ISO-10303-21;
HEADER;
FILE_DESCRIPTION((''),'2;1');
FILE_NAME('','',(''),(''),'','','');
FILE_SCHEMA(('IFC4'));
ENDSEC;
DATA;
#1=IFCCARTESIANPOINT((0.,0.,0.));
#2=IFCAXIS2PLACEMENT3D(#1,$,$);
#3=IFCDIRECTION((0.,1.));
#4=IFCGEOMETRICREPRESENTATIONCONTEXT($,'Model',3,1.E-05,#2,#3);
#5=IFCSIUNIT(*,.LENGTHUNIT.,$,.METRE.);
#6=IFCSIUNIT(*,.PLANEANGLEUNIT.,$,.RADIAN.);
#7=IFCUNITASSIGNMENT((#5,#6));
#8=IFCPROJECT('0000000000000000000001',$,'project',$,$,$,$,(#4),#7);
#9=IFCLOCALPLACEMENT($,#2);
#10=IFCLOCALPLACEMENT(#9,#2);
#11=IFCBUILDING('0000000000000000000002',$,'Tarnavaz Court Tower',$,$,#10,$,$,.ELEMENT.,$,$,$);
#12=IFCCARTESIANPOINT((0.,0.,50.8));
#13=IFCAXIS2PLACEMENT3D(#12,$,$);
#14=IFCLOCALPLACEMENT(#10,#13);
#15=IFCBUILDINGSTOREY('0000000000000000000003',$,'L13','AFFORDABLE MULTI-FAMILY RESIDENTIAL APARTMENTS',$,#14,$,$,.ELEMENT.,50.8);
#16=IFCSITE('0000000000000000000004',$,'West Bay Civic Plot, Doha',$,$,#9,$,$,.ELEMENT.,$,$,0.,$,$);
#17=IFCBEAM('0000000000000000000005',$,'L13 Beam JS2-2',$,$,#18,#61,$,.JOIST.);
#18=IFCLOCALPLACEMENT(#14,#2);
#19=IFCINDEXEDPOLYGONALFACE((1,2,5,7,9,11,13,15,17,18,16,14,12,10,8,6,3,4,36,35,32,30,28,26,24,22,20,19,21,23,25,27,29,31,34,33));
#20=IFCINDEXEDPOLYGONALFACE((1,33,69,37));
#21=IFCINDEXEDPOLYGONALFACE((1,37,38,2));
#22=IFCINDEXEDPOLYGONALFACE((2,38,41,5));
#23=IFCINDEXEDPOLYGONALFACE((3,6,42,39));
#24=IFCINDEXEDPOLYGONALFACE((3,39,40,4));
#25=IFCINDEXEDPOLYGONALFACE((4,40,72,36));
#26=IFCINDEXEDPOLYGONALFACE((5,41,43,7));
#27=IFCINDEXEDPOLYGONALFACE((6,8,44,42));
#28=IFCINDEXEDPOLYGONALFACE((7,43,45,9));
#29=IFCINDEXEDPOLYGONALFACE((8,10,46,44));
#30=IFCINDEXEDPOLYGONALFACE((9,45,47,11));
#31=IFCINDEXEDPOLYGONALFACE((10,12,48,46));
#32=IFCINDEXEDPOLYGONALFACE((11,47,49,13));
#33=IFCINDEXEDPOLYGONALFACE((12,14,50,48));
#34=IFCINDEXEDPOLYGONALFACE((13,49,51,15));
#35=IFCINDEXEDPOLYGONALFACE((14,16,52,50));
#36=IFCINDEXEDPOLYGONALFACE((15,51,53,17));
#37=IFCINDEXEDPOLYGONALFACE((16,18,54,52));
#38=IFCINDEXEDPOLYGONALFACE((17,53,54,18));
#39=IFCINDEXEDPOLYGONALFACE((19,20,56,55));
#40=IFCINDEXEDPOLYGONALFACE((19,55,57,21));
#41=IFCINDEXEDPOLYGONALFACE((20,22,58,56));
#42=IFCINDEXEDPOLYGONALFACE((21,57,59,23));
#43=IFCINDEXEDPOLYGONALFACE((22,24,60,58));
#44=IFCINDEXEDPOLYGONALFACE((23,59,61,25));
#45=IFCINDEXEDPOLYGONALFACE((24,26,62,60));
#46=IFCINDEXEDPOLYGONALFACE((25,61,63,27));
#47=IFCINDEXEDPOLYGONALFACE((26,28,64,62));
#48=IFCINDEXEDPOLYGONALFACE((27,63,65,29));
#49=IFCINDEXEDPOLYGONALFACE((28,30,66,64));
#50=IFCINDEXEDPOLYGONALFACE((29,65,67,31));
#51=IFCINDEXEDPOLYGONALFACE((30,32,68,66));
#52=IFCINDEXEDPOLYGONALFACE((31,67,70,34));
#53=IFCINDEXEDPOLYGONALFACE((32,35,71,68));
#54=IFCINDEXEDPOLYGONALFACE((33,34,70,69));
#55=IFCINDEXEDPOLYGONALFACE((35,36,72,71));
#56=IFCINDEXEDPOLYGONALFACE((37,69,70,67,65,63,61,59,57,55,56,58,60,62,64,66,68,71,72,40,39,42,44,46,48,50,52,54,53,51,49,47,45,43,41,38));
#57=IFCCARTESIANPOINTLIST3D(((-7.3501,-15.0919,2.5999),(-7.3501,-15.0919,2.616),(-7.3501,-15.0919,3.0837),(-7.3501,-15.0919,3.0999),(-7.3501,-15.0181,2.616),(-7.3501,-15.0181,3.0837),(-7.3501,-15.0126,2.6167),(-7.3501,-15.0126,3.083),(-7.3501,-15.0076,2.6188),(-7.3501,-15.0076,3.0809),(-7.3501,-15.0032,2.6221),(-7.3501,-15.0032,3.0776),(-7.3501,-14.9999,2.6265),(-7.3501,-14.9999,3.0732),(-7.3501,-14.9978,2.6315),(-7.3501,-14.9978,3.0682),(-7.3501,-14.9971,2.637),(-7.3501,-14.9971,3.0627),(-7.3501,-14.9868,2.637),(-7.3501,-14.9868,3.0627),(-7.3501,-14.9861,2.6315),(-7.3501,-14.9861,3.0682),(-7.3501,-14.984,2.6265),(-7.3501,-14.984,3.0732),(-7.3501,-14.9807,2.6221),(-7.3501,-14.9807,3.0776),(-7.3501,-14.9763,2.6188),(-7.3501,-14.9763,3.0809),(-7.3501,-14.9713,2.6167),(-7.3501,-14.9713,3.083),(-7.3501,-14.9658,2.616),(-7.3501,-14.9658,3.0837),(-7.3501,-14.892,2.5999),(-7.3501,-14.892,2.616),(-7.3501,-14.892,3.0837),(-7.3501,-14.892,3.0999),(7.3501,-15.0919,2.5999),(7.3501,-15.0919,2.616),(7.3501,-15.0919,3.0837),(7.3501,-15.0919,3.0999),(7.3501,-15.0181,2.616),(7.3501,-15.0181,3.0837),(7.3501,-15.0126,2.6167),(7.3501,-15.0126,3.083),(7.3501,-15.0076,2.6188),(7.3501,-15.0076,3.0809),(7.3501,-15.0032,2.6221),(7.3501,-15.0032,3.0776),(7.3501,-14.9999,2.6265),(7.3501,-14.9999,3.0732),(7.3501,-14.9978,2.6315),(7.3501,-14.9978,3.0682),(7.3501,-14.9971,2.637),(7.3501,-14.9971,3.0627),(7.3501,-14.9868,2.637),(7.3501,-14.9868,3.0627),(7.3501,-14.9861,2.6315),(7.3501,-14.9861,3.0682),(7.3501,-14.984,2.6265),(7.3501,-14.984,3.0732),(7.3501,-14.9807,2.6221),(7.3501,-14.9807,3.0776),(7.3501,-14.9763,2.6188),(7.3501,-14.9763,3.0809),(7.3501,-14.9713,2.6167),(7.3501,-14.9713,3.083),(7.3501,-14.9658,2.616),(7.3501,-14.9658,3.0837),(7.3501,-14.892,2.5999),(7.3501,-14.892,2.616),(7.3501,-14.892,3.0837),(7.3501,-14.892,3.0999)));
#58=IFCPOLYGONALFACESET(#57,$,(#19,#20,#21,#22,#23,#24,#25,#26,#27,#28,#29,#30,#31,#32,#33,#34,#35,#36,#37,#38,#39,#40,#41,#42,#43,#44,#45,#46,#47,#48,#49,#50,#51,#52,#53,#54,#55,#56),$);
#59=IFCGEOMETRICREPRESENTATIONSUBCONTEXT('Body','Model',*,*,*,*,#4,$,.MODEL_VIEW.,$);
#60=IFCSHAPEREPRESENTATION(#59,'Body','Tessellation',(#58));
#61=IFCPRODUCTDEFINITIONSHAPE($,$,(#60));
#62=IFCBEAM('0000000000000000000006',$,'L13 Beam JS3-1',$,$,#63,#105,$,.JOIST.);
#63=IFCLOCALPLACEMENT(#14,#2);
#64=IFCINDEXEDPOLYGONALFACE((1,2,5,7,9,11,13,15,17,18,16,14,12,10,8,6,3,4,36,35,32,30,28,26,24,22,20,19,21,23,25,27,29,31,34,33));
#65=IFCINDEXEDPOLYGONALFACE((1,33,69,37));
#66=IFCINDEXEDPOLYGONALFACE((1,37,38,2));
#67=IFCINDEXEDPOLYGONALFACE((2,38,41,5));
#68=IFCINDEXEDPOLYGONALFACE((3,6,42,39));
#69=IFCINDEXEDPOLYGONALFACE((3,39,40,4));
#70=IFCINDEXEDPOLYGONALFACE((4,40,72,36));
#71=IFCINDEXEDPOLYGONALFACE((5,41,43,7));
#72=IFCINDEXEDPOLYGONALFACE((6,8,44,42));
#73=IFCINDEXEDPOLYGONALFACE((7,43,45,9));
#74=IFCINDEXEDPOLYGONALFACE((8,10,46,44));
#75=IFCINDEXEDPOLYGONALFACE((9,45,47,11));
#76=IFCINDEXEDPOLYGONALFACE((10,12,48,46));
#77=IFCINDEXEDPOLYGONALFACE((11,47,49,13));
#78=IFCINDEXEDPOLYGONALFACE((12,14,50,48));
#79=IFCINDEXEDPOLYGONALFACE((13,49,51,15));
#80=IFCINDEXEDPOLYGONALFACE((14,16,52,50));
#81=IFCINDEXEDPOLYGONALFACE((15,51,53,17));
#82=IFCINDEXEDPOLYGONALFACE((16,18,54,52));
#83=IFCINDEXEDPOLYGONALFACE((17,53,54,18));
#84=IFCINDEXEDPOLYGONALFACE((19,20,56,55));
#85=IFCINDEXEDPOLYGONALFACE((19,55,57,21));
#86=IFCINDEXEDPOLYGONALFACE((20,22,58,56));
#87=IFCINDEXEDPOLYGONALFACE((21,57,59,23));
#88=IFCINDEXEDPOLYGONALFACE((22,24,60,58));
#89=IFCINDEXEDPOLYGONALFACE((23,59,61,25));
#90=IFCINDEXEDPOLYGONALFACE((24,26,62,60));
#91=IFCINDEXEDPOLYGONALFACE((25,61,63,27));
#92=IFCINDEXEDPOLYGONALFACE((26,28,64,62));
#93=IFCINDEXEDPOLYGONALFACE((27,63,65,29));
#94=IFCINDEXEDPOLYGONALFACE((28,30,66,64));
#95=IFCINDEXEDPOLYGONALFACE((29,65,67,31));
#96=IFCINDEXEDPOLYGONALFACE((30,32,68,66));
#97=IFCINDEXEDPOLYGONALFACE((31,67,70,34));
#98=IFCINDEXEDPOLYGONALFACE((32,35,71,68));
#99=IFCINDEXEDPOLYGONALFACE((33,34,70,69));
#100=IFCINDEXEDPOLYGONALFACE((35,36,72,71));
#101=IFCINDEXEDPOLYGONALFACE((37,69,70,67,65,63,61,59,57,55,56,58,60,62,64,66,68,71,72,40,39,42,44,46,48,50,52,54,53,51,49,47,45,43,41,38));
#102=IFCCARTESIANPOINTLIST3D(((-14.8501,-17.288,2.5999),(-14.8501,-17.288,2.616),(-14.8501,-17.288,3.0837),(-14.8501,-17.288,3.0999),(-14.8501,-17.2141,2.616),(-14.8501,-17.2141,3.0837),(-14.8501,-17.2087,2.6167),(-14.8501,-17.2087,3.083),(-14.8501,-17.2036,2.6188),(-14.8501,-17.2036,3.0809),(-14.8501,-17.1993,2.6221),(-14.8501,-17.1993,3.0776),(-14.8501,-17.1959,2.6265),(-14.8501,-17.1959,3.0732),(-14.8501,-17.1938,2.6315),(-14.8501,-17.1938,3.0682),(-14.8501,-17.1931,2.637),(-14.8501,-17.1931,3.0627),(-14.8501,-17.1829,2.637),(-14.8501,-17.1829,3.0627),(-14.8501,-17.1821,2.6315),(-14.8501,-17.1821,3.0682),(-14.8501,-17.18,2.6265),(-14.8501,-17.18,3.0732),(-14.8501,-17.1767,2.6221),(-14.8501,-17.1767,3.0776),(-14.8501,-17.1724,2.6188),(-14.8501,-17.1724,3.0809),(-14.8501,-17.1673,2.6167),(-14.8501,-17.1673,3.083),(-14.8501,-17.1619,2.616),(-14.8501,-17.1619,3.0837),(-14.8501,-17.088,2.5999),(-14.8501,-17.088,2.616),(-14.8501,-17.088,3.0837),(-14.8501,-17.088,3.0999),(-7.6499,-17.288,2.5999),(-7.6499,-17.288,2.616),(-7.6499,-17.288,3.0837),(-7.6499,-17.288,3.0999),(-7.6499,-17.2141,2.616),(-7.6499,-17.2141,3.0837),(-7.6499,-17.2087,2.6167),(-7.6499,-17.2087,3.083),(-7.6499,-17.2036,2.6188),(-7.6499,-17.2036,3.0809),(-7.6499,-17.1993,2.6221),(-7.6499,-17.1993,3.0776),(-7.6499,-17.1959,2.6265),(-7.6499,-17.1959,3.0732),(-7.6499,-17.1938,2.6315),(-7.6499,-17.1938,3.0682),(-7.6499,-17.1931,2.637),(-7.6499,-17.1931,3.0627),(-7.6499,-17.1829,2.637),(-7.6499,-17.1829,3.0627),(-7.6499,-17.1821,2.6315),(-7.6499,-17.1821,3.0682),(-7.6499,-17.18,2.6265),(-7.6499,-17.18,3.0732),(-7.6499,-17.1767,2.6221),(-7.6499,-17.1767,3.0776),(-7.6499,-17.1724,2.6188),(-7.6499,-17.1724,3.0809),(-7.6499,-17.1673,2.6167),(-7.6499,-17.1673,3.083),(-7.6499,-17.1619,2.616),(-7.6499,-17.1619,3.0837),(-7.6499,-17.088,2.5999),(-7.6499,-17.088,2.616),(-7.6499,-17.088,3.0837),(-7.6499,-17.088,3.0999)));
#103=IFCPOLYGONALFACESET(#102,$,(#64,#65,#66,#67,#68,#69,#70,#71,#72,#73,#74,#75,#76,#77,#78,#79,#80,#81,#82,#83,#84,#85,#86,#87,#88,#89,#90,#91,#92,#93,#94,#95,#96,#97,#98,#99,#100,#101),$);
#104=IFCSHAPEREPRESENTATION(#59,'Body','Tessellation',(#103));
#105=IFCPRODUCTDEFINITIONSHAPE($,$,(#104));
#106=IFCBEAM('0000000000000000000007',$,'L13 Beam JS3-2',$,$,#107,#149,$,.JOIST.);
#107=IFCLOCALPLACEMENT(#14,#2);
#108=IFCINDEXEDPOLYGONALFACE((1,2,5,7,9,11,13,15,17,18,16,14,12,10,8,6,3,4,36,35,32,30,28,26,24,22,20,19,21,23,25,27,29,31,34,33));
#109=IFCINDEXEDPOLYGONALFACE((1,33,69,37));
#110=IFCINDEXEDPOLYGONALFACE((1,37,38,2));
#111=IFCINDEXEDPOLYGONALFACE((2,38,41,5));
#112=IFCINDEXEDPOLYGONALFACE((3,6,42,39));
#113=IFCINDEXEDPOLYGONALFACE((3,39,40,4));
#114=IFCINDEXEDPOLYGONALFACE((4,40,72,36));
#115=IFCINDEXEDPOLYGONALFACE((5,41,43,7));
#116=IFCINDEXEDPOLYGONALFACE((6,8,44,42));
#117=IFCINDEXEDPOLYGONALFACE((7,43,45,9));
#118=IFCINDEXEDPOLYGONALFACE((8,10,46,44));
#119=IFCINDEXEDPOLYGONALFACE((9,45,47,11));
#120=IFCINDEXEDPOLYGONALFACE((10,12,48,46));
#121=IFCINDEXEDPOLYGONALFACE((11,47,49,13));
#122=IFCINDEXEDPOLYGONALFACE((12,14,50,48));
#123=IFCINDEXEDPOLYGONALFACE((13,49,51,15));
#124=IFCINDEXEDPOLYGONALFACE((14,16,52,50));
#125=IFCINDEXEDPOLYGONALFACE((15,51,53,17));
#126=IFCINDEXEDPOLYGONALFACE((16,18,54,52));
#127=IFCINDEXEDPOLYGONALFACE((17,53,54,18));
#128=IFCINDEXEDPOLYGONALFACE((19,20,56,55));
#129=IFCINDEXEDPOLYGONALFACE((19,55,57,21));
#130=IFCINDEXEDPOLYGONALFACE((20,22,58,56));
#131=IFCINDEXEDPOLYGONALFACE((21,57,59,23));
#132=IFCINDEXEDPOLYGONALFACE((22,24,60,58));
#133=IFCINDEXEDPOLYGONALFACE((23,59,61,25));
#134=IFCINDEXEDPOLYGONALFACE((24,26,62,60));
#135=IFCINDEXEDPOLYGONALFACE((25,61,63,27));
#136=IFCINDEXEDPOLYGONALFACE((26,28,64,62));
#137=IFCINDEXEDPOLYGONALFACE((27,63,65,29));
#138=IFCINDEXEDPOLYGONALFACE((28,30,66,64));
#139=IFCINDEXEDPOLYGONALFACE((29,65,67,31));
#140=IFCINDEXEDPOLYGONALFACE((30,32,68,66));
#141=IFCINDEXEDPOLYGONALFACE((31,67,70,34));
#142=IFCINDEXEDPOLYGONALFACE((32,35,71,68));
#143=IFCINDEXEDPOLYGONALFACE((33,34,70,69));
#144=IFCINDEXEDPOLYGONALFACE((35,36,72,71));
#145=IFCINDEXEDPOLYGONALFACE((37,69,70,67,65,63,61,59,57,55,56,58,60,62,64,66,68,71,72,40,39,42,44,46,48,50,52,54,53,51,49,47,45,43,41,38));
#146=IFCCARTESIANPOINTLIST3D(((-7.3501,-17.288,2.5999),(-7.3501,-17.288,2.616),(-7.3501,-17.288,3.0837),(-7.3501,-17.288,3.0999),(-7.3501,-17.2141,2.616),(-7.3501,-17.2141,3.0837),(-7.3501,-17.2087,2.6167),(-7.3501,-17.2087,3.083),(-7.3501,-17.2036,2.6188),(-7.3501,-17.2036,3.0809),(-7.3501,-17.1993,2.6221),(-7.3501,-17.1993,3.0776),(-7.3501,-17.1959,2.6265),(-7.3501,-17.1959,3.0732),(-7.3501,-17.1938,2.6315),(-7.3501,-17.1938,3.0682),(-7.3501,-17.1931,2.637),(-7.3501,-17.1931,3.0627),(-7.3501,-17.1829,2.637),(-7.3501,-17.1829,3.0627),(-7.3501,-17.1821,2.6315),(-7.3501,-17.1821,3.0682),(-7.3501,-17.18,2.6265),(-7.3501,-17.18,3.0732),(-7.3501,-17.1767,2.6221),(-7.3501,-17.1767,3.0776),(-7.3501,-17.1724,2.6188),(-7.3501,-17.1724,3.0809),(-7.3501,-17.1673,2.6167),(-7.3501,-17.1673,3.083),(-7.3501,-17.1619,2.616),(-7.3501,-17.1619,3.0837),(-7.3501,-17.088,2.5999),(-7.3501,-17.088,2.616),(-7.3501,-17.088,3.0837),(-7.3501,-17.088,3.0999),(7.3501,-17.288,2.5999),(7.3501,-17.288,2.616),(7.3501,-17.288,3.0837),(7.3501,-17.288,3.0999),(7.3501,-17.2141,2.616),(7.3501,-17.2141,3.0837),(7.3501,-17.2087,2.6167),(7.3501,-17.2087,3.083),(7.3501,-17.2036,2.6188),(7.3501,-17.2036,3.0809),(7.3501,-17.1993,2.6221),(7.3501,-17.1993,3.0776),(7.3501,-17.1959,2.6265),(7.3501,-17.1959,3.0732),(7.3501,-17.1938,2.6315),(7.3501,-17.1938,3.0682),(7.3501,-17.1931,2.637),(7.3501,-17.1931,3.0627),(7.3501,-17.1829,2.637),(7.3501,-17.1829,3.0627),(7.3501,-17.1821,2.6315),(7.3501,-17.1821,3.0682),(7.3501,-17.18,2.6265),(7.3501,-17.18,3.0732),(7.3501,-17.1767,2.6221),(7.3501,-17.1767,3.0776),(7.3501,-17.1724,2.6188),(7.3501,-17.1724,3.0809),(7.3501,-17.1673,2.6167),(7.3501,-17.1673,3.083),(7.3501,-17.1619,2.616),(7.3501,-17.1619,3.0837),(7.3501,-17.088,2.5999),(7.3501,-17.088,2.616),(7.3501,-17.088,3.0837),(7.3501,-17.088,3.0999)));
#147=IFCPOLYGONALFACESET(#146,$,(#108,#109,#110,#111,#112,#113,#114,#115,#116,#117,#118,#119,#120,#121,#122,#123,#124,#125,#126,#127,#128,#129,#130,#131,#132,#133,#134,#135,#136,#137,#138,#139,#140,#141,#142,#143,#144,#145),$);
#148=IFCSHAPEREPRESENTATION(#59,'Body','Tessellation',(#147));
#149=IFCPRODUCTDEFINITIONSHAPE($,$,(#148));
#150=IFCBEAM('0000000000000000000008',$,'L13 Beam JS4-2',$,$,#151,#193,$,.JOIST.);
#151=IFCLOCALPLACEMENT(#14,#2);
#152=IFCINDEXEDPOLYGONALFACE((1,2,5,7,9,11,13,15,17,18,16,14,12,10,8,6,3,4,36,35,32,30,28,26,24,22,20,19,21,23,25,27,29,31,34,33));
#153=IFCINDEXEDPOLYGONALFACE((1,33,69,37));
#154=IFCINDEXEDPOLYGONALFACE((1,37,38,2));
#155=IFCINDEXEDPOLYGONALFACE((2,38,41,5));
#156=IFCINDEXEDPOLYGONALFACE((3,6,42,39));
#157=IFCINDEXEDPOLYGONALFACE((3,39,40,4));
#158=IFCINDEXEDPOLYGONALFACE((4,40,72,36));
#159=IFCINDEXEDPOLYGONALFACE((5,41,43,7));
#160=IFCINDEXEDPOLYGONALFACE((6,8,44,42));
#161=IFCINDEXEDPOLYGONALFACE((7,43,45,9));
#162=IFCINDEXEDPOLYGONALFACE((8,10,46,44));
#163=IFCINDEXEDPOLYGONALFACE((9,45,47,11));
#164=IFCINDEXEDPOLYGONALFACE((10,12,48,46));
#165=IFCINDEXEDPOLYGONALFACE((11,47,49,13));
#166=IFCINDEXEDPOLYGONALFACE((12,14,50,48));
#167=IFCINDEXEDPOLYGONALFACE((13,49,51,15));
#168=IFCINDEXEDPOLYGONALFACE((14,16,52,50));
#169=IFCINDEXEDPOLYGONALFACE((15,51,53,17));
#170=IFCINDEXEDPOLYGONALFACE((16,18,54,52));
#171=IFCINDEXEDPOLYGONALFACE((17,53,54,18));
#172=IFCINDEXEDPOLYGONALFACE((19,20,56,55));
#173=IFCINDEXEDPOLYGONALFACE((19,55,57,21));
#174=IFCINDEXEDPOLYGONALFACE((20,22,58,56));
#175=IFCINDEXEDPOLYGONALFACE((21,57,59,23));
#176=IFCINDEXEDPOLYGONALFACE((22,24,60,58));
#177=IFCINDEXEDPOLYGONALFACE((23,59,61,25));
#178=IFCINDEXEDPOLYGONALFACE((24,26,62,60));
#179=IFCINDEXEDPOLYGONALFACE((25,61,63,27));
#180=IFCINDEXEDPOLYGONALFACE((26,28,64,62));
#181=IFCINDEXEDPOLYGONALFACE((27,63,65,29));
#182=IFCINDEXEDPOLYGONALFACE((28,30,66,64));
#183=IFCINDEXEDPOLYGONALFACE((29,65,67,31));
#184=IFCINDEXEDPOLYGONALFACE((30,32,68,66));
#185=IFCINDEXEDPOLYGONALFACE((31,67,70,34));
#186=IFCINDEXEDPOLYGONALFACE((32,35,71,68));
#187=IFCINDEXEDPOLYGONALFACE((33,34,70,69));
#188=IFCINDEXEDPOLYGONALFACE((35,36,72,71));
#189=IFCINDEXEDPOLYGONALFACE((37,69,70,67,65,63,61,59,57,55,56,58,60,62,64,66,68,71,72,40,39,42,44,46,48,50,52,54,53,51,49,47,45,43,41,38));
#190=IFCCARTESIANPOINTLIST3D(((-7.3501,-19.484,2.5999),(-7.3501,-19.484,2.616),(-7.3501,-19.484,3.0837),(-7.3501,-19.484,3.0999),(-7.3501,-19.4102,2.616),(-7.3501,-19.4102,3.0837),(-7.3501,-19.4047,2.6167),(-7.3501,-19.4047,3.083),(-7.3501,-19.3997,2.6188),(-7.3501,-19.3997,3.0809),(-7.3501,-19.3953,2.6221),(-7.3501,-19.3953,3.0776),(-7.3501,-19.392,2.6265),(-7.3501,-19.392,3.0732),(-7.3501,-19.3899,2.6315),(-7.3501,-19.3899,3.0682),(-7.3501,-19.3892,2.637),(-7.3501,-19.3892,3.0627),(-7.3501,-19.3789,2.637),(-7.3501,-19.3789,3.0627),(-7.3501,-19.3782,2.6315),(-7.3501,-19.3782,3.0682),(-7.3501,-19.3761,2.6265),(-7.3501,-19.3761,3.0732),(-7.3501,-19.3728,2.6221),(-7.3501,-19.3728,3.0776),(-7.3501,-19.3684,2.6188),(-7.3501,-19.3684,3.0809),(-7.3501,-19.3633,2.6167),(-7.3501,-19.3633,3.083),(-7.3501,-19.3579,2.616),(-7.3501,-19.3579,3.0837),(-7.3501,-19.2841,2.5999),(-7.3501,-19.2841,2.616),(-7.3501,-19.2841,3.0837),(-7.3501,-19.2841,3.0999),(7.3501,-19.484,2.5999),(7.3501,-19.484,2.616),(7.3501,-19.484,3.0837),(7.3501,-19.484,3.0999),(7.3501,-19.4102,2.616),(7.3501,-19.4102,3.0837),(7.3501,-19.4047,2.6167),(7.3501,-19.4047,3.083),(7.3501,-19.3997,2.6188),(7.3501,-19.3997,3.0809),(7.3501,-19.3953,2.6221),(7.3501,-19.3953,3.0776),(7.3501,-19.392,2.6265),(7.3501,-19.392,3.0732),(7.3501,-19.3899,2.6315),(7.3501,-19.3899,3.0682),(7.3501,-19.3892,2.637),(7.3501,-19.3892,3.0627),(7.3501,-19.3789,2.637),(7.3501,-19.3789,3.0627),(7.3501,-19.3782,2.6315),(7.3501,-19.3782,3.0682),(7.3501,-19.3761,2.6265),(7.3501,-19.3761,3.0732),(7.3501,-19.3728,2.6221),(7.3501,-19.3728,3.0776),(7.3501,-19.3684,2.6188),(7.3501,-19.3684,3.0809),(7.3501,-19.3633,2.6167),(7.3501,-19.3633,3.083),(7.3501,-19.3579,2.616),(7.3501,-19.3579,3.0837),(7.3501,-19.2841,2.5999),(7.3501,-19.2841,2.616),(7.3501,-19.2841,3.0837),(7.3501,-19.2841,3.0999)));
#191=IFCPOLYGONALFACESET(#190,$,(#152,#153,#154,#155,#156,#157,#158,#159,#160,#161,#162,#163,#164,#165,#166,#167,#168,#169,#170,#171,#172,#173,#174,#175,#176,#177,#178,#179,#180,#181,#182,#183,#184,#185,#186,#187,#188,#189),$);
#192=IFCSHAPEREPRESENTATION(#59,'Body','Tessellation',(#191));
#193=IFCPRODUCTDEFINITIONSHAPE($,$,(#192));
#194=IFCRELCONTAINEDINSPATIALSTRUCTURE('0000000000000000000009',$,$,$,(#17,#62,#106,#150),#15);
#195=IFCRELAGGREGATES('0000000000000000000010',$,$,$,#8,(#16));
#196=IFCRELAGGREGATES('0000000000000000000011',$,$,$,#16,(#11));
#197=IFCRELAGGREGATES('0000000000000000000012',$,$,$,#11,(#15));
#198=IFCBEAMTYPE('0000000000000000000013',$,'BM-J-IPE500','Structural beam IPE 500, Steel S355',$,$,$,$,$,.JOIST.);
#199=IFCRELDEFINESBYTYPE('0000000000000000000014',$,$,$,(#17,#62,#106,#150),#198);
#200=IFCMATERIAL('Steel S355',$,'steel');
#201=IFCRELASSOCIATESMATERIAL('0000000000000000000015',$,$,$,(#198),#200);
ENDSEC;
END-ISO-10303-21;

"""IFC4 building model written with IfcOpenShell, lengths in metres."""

from ifc_helpers import new_model, si_unit, direction, frame, origin, origin_2d, place, context, subcontext, project, spatial, i_section, extrude, material, material_profile, profile_set, type_object, element, save


model = new_model("IFC4")

# Units and contexts
model_context = context("Model", 3, precision=1e-05, world=origin(), true_north=direction((0.0, 1.0)))
body_context = subcontext(model_context, "Body", "Model", "MODEL_VIEW")
ifc_project = project(units=[si_unit("LENGTHUNIT", "METRE"), si_unit("PLANEANGLEUNIT", "RADIAN")], contexts=[model_context])

# Site, building, storey
site_placement = place(None, origin())
site = spatial("IfcSite", under=ifc_project, at=site_placement, Name="West Bay Civic Plot, Doha", CompositionType="ELEMENT", RefElevation=0.0)
building_placement = place(site_placement, origin())
building = spatial("IfcBuilding", under=site, at=building_placement, Name="Tarnavaz Court Tower", CompositionType="ELEMENT")
storey_placement = place(building_placement, frame((0.0, 0.0, 50.8)))
storey = spatial("IfcBuildingStorey", under=building, at=storey_placement, Name="L13", Description="AFFORDABLE MULTI-FAMILY RESIDENTIAL APARTMENTS", CompositionType="ELEMENT", Elevation=50.8)

# Beams
ifc_material_1 = material(Name="Steel S355", Category="steel")
ifc_material_profile_1 = material_profile(ifc_material_1, i_section(OverallWidth=0.2, OverallDepth=0.5, WebThickness=0.0103, FlangeThickness=0.0161, FilletRadius=0.021, at=origin_2d()), Name="IPE 500")
ifc_profile_set_1 = profile_set([ifc_material_profile_1], Name="Steel S355")
beam_type_1 = type_object("IfcBeamType", Name="BM-J-IPE500", Description="Structural beam IPE 500, Steel S355", PredefinedType="JOIST", material=ifc_profile_set_1)
beam_1_placement = place(storey_placement, frame((-7.3501, -14.9919, 2.8499), z_axis=(1.0, 0.0, 0.0), x_axis=(0.0, 1.0, 0.0)))
element("IfcBeam", 1, at=beam_1_placement, inside=storey, type_object=beam_type_1, Name="L13 Beam JS2-2", PredefinedType="JOIST", context=body_context, shape_type="SweptSolid", body=[
    extrude(i_section(OverallWidth=0.2, OverallDepth=0.5, WebThickness=0.0103, FlangeThickness=0.0161, FilletRadius=0.021, at=origin_2d()), origin(), (0.0, 0.0, 1.0), 14.7002),
])
beam_2_placement = place(storey_placement, frame((-14.8501, -17.188, 2.8499), z_axis=(1.0, 0.0, 0.0), x_axis=(0.0, 1.0, 0.0)))
element("IfcBeam", 2, at=beam_2_placement, inside=storey, type_object=beam_type_1, Name="L13 Beam JS3-1", PredefinedType="JOIST", context=body_context, shape_type="SweptSolid", body=[
    extrude(i_section(OverallWidth=0.2, OverallDepth=0.5, WebThickness=0.0103, FlangeThickness=0.0161, FilletRadius=0.021, at=origin_2d()), origin(), (0.0, 0.0, 1.0), 7.2002),
])
for number, where, z_axis, x_axis, name in (
    (3, (-7.3501, -17.188, 2.8499), (1.0, 0.0, 0.0), (0.0, 1.0, 0.0), "L13 Beam JS3-2"),
    (4, (-7.3501, -19.384, 2.8499), (1.0, 0.0, 0.0), (0.0, 1.0, 0.0), "L13 Beam JS4-2"),
):
    element("IfcBeam", number, at=place(storey_placement, frame(where, z_axis=z_axis, x_axis=x_axis)), inside=storey, type_object=beam_type_1, Name=name, PredefinedType="JOIST", context=body_context, shape_type="SweptSolid", body=[
        extrude(i_section(OverallWidth=0.2, OverallDepth=0.5, WebThickness=0.0103, FlangeThickness=0.0161, FilletRadius=0.021, at=origin_2d()), origin(), (0.0, 0.0, 1.0), 14.7002),
    ])

save(model, "model.ifc")
